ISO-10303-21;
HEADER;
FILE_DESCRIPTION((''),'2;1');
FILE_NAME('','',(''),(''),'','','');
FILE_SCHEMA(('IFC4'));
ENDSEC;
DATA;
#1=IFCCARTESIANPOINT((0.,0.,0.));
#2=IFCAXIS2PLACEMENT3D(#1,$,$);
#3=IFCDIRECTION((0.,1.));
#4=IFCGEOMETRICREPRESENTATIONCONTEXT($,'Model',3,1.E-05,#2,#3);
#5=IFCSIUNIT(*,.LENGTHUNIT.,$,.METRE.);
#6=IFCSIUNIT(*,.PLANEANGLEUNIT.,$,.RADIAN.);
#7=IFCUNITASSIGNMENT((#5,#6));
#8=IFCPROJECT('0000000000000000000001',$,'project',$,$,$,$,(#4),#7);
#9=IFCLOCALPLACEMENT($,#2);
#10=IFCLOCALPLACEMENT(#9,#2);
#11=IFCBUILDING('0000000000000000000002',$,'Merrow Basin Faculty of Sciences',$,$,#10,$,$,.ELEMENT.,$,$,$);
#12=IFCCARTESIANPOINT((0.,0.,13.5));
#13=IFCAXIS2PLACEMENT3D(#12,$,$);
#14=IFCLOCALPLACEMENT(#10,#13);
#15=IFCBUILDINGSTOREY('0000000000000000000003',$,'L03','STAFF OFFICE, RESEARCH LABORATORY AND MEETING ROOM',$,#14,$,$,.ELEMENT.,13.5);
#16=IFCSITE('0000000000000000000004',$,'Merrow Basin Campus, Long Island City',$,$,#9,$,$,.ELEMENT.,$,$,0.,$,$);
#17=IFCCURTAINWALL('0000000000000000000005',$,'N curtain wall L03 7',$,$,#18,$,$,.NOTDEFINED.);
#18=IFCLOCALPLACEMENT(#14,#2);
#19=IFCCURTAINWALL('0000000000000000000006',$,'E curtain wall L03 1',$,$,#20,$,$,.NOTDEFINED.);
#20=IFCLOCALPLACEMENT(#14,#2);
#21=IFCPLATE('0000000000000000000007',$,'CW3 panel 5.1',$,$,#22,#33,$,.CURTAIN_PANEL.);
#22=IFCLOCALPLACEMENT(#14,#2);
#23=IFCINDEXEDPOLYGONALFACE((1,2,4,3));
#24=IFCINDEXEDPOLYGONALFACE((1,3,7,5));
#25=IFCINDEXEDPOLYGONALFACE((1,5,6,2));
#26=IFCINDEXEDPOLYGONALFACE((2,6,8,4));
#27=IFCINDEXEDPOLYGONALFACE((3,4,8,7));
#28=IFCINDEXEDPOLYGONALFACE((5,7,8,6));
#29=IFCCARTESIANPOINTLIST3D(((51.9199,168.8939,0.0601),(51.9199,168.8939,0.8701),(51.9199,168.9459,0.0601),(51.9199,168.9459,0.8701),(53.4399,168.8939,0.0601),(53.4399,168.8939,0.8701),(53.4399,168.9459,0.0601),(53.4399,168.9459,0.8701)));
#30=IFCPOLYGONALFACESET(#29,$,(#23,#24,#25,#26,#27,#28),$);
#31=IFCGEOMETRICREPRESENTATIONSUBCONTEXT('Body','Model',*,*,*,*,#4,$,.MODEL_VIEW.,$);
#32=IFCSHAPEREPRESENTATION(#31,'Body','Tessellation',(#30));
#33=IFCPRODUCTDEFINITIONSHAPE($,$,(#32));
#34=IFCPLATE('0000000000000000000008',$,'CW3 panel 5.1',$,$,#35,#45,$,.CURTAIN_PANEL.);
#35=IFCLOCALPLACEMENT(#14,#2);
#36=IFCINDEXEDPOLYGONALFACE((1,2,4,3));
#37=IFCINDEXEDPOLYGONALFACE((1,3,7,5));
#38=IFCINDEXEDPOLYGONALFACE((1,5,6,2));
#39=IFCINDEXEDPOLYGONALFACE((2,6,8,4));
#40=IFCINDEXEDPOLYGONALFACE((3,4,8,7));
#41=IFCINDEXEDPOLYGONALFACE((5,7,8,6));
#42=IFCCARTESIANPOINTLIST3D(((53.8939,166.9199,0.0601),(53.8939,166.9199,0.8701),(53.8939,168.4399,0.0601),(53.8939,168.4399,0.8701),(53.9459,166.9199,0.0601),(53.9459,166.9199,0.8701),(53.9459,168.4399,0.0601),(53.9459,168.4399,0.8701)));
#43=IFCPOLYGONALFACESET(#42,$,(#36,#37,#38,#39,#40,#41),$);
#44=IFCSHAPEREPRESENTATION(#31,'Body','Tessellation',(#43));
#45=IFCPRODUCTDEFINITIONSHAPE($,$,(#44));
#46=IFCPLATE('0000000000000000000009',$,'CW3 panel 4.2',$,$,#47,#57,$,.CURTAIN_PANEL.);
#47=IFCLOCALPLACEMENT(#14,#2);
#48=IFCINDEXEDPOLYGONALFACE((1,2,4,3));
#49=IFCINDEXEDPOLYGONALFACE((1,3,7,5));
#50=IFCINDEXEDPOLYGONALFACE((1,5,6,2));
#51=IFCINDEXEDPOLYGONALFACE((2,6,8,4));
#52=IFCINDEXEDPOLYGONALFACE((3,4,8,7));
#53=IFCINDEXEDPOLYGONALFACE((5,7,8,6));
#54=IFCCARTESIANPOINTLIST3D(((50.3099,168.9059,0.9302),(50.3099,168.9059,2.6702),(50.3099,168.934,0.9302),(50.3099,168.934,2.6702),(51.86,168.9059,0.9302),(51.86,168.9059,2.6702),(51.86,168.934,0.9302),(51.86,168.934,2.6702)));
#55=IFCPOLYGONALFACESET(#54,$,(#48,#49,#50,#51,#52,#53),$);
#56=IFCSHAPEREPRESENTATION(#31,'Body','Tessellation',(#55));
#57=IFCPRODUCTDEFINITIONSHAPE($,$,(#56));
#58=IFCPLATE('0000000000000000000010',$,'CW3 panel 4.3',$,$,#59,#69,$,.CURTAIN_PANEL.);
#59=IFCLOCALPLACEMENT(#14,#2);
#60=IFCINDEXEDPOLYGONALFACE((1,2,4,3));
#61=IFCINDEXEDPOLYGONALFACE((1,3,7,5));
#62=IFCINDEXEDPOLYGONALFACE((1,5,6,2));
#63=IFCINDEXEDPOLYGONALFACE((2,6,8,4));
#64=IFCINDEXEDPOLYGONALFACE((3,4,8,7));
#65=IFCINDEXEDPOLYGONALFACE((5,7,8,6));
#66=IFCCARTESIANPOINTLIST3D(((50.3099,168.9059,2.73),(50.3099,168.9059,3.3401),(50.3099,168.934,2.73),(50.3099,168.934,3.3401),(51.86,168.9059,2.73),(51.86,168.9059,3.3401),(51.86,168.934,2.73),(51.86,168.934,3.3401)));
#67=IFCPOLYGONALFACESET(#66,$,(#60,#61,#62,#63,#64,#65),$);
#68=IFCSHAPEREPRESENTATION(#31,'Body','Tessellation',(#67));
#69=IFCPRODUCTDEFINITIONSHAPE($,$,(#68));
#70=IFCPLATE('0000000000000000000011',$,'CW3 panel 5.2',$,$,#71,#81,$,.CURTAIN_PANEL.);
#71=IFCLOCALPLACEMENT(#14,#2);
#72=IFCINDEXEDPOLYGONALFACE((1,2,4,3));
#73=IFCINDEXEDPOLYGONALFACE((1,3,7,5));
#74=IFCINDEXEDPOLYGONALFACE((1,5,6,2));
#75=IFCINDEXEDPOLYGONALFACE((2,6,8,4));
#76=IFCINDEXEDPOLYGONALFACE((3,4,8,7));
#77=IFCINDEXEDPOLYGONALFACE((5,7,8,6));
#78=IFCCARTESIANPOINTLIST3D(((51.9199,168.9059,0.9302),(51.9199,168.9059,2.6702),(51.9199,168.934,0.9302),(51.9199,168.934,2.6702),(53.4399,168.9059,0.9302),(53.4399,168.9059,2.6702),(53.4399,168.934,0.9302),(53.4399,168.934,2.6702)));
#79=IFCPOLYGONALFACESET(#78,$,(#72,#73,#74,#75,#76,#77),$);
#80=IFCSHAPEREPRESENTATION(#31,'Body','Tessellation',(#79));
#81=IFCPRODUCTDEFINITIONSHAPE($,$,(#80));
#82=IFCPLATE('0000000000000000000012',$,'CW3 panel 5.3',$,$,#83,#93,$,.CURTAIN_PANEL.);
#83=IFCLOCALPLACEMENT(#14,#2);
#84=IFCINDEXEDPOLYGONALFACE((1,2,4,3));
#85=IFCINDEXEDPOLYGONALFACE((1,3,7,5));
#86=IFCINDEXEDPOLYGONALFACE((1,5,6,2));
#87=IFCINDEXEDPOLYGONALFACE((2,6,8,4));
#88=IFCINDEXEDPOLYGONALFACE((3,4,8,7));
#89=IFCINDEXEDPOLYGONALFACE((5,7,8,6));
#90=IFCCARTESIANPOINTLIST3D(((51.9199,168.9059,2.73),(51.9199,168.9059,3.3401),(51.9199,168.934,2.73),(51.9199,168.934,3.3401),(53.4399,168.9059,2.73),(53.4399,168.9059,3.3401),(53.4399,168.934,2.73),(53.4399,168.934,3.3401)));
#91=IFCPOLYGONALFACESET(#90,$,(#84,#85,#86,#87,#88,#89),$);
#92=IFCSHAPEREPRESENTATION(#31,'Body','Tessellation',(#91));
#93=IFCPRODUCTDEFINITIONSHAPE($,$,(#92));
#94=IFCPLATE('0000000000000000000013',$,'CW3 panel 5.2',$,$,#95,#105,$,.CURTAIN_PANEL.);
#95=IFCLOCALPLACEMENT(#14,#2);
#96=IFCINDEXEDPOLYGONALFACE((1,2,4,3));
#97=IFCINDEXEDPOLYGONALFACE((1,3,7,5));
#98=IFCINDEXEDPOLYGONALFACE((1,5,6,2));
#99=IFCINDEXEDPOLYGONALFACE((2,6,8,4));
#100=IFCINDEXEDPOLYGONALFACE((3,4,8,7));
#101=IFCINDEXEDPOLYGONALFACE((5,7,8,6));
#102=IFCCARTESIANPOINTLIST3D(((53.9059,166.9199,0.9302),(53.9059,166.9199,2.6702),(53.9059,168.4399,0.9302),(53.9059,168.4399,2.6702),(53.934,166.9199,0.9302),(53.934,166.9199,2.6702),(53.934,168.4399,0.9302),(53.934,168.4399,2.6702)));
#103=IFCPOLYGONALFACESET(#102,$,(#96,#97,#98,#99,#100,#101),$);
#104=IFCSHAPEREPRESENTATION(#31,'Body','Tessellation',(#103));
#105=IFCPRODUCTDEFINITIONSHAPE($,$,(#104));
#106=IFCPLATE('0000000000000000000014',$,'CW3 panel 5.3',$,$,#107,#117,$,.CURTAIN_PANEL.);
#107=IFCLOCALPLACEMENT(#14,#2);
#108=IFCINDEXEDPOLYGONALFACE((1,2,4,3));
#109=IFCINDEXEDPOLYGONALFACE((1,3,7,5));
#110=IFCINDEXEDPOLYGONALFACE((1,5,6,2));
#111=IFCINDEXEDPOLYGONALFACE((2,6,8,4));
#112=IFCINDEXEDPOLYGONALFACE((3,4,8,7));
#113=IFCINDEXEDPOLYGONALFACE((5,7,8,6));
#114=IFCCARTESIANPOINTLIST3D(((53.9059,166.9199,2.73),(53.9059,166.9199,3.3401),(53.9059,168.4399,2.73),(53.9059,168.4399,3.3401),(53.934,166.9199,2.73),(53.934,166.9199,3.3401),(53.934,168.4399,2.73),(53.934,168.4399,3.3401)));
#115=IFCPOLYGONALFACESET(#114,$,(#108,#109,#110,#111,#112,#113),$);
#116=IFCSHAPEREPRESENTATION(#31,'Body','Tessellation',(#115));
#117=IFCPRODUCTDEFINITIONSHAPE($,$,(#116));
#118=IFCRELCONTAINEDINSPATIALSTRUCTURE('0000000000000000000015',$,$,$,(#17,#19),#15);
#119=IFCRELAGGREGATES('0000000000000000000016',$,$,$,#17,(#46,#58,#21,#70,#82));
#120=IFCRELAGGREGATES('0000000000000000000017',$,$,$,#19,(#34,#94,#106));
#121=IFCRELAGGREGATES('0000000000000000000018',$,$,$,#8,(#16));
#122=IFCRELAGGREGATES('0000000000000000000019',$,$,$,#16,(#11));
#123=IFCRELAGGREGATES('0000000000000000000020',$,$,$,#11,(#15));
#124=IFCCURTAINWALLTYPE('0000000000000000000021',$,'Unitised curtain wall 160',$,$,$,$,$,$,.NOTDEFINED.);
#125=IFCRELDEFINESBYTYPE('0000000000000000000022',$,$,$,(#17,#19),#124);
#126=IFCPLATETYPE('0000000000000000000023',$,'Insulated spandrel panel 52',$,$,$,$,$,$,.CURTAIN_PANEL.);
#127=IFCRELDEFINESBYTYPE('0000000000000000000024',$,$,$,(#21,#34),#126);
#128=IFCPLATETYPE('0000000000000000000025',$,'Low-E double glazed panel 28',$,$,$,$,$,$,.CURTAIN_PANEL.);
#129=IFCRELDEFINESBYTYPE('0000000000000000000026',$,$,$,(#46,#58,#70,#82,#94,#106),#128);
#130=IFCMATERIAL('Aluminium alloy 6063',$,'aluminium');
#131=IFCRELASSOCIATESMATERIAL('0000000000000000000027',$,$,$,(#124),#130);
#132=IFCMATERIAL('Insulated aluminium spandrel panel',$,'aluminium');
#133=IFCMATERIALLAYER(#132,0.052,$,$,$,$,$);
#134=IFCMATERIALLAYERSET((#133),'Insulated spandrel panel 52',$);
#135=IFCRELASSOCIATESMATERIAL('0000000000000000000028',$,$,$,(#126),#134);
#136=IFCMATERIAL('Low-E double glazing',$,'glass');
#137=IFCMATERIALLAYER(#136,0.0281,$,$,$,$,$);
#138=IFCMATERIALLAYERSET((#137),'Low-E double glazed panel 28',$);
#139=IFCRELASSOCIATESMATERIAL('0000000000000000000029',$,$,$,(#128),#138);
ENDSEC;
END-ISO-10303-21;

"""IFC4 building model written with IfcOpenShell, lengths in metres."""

from ifc_helpers import new_model, si_unit, direction, frame, origin, origin_2d, place, context, subcontext, project, spatial, rectangle, extrude, material, layer, layer_set, type_object, element, aggregate, save


model = new_model("IFC4")

# Units and contexts
model_context = context("Model", 3, precision=1e-05, world=origin(), true_north=direction((0.0, 1.0)))
body_context = subcontext(model_context, "Body", "Model", "MODEL_VIEW")
ifc_project = project(units=[si_unit("LENGTHUNIT", "METRE"), si_unit("PLANEANGLEUNIT", "RADIAN")], contexts=[model_context])

# Site, building, storey
site_placement = place(None, origin())
site = spatial("IfcSite", under=ifc_project, at=site_placement, Name="Merrow Basin Campus, Long Island City", CompositionType="ELEMENT", RefElevation=0.0)
building_placement = place(site_placement, origin())
building = spatial("IfcBuilding", under=site, at=building_placement, Name="Merrow Basin Faculty of Sciences", CompositionType="ELEMENT")
storey_placement = place(building_placement, frame((0.0, 0.0, 13.5)))
storey = spatial("IfcBuildingStorey", under=building, at=storey_placement, Name="L03", Description="STAFF OFFICE, RESEARCH LABORATORY AND MEETING ROOM", CompositionType="ELEMENT", Elevation=13.5)

# Curtain wall
ifc_material_1 = material(Name="Aluminium alloy 6063", Category="aluminium")
curtain_wall_type = type_object("IfcCurtainWallType", Name="Unitised curtain wall 160", PredefinedType="NOTDEFINED", material=ifc_material_1)
curtain_wall_1_placement = place(storey_placement, origin())
curtain_wall_1 = element("IfcCurtainWall", 1, at=curtain_wall_1_placement, inside=storey, type_object=curtain_wall_type, Name="N curtain wall L03 7", PredefinedType="NOTDEFINED")

# Curtain wall
curtain_wall_2_placement = place(storey_placement, origin())
curtain_wall_2 = element("IfcCurtainWall", 2, at=curtain_wall_2_placement, inside=storey, type_object=curtain_wall_type, Name="E curtain wall L03 1", PredefinedType="NOTDEFINED")

# Plates
ifc_material_2 = material(Name="Insulated aluminium spandrel panel", Category="aluminium")
ifc_layer_1 = layer(ifc_material_2, 0.052)
ifc_layer_set_1 = layer_set([ifc_layer_1], Name="Insulated spandrel panel 52")
plate_type_1 = type_object("IfcPlateType", Name="Insulated spandrel panel 52", PredefinedType="CURTAIN_PANEL", material=ifc_layer_set_1)
plate_1_placement = place(storey_placement, frame((52.6799, 168.9199, 0.0601), z_axis=(0.0, 0.0, 1.0), x_axis=(1.0, 0.0, 0.0)))
plate_1 = element("IfcPlate", 3, at=plate_1_placement, type_object=plate_type_1, Name="CW3 panel 5.1", PredefinedType="CURTAIN_PANEL", context=body_context, shape_type="SweptSolid", body=[
    extrude(rectangle(XDim=1.52, YDim=0.052, at=origin_2d()), origin(), (0.0, 0.0, 1.0), 0.8101),
])
plate_2_placement = place(storey_placement, frame((53.9199, 167.6799, 0.0601), z_axis=(0.0, 0.0, 1.0), x_axis=(0.0, 1.0, 0.0)))
plate_2 = element("IfcPlate", 4, at=plate_2_placement, type_object=plate_type_1, Name="CW3 panel 5.1", PredefinedType="CURTAIN_PANEL", context=body_context, shape_type="SweptSolid", body=[
    extrude(rectangle(XDim=1.52, YDim=0.052, at=origin_2d()), origin(), (0.0, 0.0, 1.0), 0.8101),
])
ifc_material_3 = material(Name="Low-E double glazing", Category="glass")
ifc_layer_2 = layer(ifc_material_3, 0.0281)
ifc_layer_set_2 = layer_set([ifc_layer_2], Name="Low-E double glazed panel 28")
plate_type_2 = type_object("IfcPlateType", Name="Low-E double glazed panel 28", PredefinedType="CURTAIN_PANEL", material=ifc_layer_set_2)
plate_3_placement = place(storey_placement, frame((51.085, 168.9199, 0.9302), z_axis=(0.0, 0.0, 1.0), x_axis=(1.0, 0.0, 0.0)))
plate_3 = element("IfcPlate", 5, at=plate_3_placement, type_object=plate_type_2, Name="CW3 panel 4.2", PredefinedType="CURTAIN_PANEL", context=body_context, shape_type="SweptSolid", body=[
    extrude(rectangle(XDim=1.55, YDim=0.0281, at=origin_2d()), origin(), (0.0, 0.0, 1.0), 1.74),
])
plate_4_placement = place(storey_placement, frame((51.085, 168.9199, 2.73), z_axis=(0.0, 0.0, 1.0), x_axis=(1.0, 0.0, 0.0)))
plate_4 = element("IfcPlate", 6, at=plate_4_placement, type_object=plate_type_2, Name="CW3 panel 4.3", PredefinedType="CURTAIN_PANEL", context=body_context, shape_type="SweptSolid", body=[
    extrude(rectangle(XDim=1.55, YDim=0.0281, at=origin_2d()), origin(), (0.0, 0.0, 1.0), 0.6101),
])
plate_5_placement = place(storey_placement, frame((52.6799, 168.9199, 0.9302), z_axis=(0.0, 0.0, 1.0), x_axis=(1.0, 0.0, 0.0)))
plate_5 = element("IfcPlate", 7, at=plate_5_placement, type_object=plate_type_2, Name="CW3 panel 5.2", PredefinedType="CURTAIN_PANEL", context=body_context, shape_type="SweptSolid", body=[
    extrude(rectangle(XDim=1.52, YDim=0.0281, at=origin_2d()), origin(), (0.0, 0.0, 1.0), 1.74),
])
plate_6_placement = place(storey_placement, frame((52.6799, 168.9199, 2.73), z_axis=(0.0, 0.0, 1.0), x_axis=(1.0, 0.0, 0.0)))
plate_6 = element("IfcPlate", 8, at=plate_6_placement, type_object=plate_type_2, Name="CW3 panel 5.3", PredefinedType="CURTAIN_PANEL", context=body_context, shape_type="SweptSolid", body=[
    extrude(rectangle(XDim=1.52, YDim=0.0281, at=origin_2d()), origin(), (0.0, 0.0, 1.0), 0.6101),
])
aggregate(curtain_wall_1, [plate_3, plate_4, plate_1, plate_5, plate_6])
plate_7_placement = place(storey_placement, frame((53.9199, 167.6799, 0.9302), z_axis=(0.0, 0.0, 1.0), x_axis=(0.0, 1.0, 0.0)))
plate_7 = element("IfcPlate", 9, at=plate_7_placement, type_object=plate_type_2, Name="CW3 panel 5.2", PredefinedType="CURTAIN_PANEL", context=body_context, shape_type="SweptSolid", body=[
    extrude(rectangle(XDim=1.52, YDim=0.0281, at=origin_2d()), origin(), (0.0, 0.0, 1.0), 1.74),
])
plate_8_placement = place(storey_placement, frame((53.9199, 167.6799, 2.73), z_axis=(0.0, 0.0, 1.0), x_axis=(0.0, 1.0, 0.0)))
plate_8 = element("IfcPlate", 10, at=plate_8_placement, type_object=plate_type_2, Name="CW3 panel 5.3", PredefinedType="CURTAIN_PANEL", context=body_context, shape_type="SweptSolid", body=[
    extrude(rectangle(XDim=1.52, YDim=0.0281, at=origin_2d()), origin(), (0.0, 0.0, 1.0), 0.6101),
])
aggregate(curtain_wall_2, [plate_2, plate_7, plate_8])

save(model, "model.ifc")
